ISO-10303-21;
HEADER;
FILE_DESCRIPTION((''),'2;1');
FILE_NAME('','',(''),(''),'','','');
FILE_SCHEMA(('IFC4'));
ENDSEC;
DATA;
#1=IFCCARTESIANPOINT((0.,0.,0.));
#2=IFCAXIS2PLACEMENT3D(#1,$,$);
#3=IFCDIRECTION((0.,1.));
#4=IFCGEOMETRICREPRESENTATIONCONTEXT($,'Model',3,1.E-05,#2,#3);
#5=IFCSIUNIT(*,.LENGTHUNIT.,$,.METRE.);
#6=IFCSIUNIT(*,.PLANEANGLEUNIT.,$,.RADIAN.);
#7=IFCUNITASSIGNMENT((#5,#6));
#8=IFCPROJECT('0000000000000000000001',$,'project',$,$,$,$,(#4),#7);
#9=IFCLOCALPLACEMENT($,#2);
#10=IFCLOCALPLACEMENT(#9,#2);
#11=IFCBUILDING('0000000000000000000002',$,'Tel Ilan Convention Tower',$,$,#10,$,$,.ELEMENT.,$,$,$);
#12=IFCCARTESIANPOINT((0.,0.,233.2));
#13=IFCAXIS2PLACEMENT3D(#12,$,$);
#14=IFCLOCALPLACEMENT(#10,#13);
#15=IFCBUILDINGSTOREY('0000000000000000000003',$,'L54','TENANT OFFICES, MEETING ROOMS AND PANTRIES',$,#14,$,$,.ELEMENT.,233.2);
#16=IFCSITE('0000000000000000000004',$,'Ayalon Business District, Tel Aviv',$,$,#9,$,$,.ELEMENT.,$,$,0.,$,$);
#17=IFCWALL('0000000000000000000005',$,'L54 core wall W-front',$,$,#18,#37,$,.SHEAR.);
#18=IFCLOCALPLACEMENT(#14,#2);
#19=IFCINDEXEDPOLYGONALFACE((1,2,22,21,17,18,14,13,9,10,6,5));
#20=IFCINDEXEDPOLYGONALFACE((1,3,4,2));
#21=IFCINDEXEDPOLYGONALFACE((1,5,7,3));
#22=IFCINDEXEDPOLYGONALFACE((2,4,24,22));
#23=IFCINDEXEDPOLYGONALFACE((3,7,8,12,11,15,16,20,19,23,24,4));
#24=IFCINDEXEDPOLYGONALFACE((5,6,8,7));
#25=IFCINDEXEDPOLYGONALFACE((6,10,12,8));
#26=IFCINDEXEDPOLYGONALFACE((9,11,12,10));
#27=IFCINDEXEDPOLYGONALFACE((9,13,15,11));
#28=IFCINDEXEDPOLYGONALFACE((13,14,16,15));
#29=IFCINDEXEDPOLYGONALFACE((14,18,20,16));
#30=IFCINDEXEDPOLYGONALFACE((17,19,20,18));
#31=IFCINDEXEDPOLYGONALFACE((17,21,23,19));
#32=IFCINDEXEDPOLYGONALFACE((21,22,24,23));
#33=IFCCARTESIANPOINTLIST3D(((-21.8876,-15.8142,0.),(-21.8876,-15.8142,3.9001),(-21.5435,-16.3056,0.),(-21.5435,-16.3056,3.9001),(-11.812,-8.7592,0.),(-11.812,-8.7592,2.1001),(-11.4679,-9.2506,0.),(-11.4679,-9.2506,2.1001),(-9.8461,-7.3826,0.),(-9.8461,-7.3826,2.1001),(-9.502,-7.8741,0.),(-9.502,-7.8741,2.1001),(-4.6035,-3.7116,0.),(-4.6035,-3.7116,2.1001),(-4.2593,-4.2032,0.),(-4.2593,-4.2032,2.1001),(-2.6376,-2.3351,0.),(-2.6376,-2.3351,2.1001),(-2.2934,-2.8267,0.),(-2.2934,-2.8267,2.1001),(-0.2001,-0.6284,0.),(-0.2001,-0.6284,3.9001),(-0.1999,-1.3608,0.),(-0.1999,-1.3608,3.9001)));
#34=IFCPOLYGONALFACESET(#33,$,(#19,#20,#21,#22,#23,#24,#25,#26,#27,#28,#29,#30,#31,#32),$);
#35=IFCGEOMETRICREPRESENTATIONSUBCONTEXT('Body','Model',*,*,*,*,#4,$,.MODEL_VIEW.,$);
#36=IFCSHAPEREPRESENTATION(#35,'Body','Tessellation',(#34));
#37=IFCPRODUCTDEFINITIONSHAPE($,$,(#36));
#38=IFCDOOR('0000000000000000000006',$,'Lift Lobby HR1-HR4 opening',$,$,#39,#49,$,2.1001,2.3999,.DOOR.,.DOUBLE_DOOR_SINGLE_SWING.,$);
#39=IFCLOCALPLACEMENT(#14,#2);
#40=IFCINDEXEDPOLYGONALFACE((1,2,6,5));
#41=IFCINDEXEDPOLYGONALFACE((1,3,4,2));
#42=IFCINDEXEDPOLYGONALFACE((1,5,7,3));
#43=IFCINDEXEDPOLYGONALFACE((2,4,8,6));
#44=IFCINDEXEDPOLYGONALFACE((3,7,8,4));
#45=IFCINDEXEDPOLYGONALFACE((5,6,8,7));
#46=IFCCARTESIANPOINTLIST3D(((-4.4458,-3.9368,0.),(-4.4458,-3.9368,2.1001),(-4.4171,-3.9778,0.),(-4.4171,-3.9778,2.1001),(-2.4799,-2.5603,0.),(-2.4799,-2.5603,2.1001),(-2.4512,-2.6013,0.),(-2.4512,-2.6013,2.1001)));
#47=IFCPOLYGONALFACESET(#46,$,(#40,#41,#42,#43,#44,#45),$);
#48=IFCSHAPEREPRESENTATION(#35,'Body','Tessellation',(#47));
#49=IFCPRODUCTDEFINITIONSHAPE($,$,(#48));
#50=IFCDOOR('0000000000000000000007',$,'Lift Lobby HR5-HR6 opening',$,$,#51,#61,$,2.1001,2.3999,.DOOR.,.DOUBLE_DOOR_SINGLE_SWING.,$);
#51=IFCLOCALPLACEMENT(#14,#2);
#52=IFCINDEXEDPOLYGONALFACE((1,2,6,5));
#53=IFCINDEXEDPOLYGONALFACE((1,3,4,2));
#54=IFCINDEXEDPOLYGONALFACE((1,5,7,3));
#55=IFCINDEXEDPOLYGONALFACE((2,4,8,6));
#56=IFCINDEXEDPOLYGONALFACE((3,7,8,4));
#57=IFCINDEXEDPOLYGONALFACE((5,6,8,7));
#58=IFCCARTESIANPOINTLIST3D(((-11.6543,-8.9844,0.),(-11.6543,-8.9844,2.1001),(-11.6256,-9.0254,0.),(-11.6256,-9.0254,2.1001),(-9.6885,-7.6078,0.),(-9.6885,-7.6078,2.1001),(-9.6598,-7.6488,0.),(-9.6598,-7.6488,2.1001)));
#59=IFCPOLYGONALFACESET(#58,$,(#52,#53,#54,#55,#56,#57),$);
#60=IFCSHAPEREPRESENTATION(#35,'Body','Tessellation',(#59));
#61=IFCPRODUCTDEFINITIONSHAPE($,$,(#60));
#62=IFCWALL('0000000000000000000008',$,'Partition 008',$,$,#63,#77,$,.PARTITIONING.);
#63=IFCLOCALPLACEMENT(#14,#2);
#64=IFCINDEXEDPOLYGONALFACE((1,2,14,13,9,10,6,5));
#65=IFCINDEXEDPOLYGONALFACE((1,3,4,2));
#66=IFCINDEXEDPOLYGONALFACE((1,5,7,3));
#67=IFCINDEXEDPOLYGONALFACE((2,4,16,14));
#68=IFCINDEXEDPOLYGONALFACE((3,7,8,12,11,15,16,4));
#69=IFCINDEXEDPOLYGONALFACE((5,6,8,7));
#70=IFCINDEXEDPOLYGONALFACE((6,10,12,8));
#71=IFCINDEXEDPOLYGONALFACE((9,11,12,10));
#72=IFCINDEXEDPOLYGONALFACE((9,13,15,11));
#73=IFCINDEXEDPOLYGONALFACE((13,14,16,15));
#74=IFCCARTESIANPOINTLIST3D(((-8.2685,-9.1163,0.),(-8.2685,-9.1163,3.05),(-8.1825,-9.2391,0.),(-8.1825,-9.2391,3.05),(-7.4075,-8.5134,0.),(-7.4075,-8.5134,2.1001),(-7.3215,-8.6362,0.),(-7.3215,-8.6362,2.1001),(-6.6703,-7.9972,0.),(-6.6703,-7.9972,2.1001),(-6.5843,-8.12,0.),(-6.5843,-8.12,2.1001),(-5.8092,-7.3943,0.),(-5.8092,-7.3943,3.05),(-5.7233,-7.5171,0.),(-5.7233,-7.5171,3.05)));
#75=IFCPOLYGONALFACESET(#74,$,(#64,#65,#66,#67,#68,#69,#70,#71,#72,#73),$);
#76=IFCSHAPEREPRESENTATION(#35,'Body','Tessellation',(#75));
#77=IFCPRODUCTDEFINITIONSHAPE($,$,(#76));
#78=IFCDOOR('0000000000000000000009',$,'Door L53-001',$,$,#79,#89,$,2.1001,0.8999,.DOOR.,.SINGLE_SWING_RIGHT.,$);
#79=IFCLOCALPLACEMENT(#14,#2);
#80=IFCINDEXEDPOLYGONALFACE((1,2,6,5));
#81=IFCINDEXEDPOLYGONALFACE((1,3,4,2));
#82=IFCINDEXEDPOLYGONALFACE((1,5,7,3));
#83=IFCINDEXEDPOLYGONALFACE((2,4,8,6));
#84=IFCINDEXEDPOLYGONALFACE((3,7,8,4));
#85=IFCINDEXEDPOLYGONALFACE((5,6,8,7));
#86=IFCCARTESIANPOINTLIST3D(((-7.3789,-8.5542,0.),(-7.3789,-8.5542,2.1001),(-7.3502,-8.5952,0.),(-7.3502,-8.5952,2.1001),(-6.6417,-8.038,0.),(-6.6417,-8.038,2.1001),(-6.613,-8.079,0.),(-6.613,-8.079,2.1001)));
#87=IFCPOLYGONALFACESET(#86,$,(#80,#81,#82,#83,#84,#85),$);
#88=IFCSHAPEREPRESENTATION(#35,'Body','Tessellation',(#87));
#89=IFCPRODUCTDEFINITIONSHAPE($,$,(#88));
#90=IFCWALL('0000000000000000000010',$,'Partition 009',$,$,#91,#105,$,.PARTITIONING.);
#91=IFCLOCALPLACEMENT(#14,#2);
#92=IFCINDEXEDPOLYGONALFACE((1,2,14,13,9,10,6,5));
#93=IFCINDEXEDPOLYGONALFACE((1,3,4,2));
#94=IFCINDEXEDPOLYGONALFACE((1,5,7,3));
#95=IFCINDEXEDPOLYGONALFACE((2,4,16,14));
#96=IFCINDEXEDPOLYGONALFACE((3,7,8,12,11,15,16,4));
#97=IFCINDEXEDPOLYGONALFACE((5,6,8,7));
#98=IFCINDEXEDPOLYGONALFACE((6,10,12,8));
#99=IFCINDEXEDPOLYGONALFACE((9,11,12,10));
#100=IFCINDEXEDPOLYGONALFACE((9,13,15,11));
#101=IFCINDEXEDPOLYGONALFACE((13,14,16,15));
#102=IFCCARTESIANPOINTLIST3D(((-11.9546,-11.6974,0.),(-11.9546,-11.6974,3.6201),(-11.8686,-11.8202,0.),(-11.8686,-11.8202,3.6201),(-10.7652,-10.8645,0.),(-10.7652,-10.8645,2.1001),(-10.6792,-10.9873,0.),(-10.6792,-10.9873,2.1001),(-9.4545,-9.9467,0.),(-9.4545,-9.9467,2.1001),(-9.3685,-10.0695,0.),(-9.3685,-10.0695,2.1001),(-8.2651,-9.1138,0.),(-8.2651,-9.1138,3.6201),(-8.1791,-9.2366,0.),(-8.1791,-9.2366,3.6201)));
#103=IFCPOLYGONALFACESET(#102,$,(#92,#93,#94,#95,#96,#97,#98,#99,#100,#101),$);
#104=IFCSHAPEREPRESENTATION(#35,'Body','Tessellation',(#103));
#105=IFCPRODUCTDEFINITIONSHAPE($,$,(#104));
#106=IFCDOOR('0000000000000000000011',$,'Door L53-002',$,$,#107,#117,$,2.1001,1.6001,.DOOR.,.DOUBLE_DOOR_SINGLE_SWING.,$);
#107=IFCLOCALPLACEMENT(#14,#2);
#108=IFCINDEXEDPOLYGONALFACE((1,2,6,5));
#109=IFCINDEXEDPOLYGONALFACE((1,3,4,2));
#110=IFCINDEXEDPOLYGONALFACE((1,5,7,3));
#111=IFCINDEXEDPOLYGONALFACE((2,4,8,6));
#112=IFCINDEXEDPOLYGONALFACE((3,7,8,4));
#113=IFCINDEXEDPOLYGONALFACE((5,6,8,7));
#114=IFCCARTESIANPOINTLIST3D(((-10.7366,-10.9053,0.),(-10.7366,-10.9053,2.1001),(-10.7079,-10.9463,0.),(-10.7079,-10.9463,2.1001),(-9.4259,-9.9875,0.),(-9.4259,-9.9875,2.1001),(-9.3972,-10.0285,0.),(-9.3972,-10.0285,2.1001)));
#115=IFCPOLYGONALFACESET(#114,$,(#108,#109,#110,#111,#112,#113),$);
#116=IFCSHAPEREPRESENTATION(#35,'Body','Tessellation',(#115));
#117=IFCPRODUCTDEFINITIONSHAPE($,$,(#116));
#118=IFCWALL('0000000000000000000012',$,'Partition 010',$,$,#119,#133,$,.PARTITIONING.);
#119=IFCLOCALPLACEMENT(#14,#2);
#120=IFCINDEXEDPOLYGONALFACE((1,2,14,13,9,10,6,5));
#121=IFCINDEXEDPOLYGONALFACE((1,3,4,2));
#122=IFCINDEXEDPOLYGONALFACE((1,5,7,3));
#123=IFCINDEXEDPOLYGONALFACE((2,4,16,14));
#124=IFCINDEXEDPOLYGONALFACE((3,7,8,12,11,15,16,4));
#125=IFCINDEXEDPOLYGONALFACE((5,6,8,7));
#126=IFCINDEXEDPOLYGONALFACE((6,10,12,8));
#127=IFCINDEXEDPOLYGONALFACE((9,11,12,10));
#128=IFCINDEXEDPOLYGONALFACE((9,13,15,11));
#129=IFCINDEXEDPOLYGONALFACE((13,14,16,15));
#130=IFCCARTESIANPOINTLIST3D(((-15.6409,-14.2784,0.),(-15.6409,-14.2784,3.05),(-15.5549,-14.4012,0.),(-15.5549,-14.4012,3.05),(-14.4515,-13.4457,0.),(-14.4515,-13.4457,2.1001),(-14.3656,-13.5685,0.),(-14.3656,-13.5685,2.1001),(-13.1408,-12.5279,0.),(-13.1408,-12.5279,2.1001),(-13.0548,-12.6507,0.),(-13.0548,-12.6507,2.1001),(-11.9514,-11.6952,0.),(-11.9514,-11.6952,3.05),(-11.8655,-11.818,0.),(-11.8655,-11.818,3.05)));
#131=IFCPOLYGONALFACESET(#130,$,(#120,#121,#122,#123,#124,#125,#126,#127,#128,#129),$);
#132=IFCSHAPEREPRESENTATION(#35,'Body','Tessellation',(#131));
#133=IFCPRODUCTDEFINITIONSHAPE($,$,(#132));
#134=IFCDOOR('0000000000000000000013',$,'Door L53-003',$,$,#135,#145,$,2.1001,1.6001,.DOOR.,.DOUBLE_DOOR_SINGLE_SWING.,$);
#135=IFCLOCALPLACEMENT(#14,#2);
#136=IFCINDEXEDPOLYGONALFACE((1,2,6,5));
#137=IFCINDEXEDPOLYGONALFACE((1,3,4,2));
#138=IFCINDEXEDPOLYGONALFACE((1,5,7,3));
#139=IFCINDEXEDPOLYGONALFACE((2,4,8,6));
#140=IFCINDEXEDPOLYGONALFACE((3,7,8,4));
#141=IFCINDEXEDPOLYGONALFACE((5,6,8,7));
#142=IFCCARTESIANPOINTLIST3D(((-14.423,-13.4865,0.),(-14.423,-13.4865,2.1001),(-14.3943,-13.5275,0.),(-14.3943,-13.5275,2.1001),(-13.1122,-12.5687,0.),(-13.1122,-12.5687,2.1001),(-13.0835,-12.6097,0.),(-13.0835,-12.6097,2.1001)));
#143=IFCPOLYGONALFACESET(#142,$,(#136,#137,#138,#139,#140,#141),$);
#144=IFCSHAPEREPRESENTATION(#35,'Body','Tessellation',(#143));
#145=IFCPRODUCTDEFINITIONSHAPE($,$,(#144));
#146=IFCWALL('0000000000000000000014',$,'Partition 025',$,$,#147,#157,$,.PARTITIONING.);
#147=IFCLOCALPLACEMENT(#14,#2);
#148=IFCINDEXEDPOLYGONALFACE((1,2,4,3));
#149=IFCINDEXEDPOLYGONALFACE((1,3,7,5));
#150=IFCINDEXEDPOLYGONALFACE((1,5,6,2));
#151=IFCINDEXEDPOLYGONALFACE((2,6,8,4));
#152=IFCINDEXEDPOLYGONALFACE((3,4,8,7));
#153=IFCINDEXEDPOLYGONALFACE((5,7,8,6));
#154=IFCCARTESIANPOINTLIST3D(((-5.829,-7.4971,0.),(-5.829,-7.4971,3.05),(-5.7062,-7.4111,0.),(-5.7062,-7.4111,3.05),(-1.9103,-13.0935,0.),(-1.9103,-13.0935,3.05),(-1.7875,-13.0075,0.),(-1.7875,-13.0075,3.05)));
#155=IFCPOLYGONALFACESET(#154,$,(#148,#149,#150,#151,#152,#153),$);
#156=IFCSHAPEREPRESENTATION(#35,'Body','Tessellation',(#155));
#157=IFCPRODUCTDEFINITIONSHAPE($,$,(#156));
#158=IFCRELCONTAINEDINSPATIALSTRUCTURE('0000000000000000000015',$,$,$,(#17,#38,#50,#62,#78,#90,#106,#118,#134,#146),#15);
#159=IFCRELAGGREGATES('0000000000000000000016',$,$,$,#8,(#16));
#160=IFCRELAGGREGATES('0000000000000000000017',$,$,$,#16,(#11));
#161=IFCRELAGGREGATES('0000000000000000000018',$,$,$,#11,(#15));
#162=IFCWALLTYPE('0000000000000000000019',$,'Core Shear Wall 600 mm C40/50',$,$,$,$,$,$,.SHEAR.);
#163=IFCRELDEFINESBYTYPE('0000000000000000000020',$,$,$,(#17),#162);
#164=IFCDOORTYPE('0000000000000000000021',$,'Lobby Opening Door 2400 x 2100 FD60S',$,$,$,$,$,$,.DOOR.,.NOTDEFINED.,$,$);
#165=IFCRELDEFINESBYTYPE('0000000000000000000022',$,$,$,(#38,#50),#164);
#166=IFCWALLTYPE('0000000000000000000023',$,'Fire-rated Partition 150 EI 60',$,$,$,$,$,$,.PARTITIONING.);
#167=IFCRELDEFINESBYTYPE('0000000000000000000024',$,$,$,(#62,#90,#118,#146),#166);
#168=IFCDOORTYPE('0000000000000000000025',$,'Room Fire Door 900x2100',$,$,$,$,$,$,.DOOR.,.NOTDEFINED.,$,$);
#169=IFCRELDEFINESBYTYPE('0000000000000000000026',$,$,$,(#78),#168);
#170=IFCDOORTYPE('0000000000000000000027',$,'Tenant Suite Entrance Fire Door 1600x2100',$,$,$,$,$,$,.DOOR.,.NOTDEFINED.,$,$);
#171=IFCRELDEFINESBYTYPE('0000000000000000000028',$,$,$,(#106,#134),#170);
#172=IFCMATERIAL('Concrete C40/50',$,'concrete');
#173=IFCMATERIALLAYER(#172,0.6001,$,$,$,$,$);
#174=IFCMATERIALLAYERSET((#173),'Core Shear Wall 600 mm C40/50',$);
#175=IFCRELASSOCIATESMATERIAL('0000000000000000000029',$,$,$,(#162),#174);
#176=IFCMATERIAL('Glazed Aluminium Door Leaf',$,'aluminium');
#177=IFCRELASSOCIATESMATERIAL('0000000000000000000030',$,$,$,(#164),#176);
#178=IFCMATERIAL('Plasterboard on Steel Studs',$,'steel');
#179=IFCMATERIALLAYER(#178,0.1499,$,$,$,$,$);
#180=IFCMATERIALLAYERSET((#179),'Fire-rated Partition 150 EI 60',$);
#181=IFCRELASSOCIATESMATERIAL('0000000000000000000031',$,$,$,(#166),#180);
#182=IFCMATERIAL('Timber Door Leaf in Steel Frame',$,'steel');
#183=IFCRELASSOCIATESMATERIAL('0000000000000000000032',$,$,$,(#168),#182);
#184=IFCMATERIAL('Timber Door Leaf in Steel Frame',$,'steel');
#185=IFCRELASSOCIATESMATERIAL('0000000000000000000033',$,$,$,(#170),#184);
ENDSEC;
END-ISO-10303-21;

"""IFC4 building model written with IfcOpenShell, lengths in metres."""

from ifc_helpers import new_model, si_unit, direction, frame, frame_2d, origin, place, context, subcontext, project, spatial, polyline, rectangle, outline, extrude, material, layer, layer_set, type_object, element, fill, save


model = new_model("IFC4")

# Units and contexts
model_context = context("Model", 3, precision=1e-05, world=origin(), true_north=direction((0.0, 1.0)))
body_context = subcontext(model_context, "Body", "Model", "MODEL_VIEW")
ifc_project = project(units=[si_unit("LENGTHUNIT", "METRE"), si_unit("PLANEANGLEUNIT", "RADIAN")], contexts=[model_context])

# Site, building, storey
site_placement = place(None, origin())
site = spatial("IfcSite", under=ifc_project, at=site_placement, Name="Ayalon Business District, Tel Aviv", CompositionType="ELEMENT", RefElevation=0.0)
building_placement = place(site_placement, origin())
building = spatial("IfcBuilding", under=site, at=building_placement, Name="Tel Ilan Convention Tower", CompositionType="ELEMENT")
storey_placement = place(building_placement, frame((0.0, 0.0, 233.2)))
storey = spatial("IfcBuildingStorey", under=building, at=storey_placement, Name="L54", Description="TENANT OFFICES, MEETING ROOMS AND PANTRIES", CompositionType="ELEMENT", Elevation=233.2)

# Wall, openings, doors
ifc_material_1 = material(Name="Concrete C40/50", Category="concrete")
ifc_layer_1 = layer(ifc_material_1, 0.6001)
ifc_layer_set_1 = layer_set([ifc_layer_1], Name="Core Shear Wall 600 mm C40/50")
wall_type_1 = type_object("IfcWallType", Name="Core Shear Wall 600 mm C40/50", PredefinedType="SHEAR", material=ifc_layer_set_1)
wall_1_placement = place(storey_placement, frame((-0.0278, -0.874, 0.0), z_axis=(0.0, 0.0, 1.0), x_axis=(-0.81915, -0.573579, 0.0)))
wall_1 = element("IfcWall", 1, at=wall_1_placement, inside=storey, type_object=wall_type_1, Name="L54 core wall W-front", PredefinedType="SHEAR", context=body_context, shape_type="SweptSolid", body=[
    extrude(outline(polyline([(26.4758, 0.2998), (0.4202, 0.3), (0.0002, -0.3), (26.4758, -0.3), (26.4758, 0.2998)])), origin(), (0.0, 0.0, 1.0), 3.9001),
])
opening_1_placement = place(wall_1_placement, frame((2.9758, 0.0, 0.0)))
opening_1 = element("IfcOpeningElement", 2, at=opening_1_placement, cuts=wall_1, PredefinedType="OPENING", context=body_context, shape_type="SweptSolid", body=[
    extrude(rectangle(XDim=2.3999, YDim=2.1001, at=frame_2d((1.2, 1.05))), frame((0.0, 0.3101, 0.0), z_axis=(0.0, -1.0, 0.0), x_axis=(1.0, 0.0, 0.0)), (0.0, 0.0, 1.0), 0.6201),
])
opening_2_placement = place(wall_1_placement, frame((11.7759, 0.0, 0.0)))
opening_2 = element("IfcOpeningElement", 3, at=opening_2_placement, cuts=wall_1, PredefinedType="OPENING", context=body_context, shape_type="SweptSolid", body=[
    extrude(rectangle(XDim=2.3999, YDim=2.1001, at=frame_2d((1.2, 1.05))), frame((0.0, 0.3101, 0.0), z_axis=(0.0, -1.0, 0.0), x_axis=(1.0, 0.0, 0.0)), (0.0, 0.0, 1.0), 0.6201),
])
ifc_material_2 = material(Name="Glazed Aluminium Door Leaf", Category="aluminium")
door_type_1 = type_object("IfcDoorType", Name="Lobby Opening Door 2400 x 2100 FD60S", OperationType="NOTDEFINED", PredefinedType="DOOR", material=ifc_material_2)
door_1_placement = place(opening_1_placement, origin())
door_1 = element("IfcDoor", 4, at=door_1_placement, inside=storey, type_object=door_type_1, Name="Lift Lobby HR1-HR4 opening", OperationType="DOUBLE_DOOR_SINGLE_SWING", OverallHeight=2.1001, OverallWidth=2.3999, PredefinedType="DOOR", context=body_context, shape_type="SweptSolid", body=[
    extrude(rectangle(XDim=2.3999, YDim=2.1001, at=frame_2d((1.2, 1.05))), frame((0.0, 0.0249, 0.0), z_axis=(0.0, -1.0, 0.0), x_axis=(1.0, 0.0, 0.0)), (0.0, 0.0, 1.0), 0.05),
])
fill(opening_1, door_1)
door_2_placement = place(opening_2_placement, origin())
door_2 = element("IfcDoor", 5, at=door_2_placement, inside=storey, type_object=door_type_1, Name="Lift Lobby HR5-HR6 opening", OperationType="DOUBLE_DOOR_SINGLE_SWING", OverallHeight=2.1001, OverallWidth=2.3999, PredefinedType="DOOR", context=body_context, shape_type="SweptSolid", body=[
    extrude(rectangle(XDim=2.3999, YDim=2.1001, at=frame_2d((1.2, 1.05))), frame((0.0, 0.0249, 0.0), z_axis=(0.0, -1.0, 0.0), x_axis=(1.0, 0.0, 0.0)), (0.0, 0.0, 1.0), 0.05),
])
fill(opening_2, door_2)

# Walls, openings, doors
ifc_material_3 = material(Name="Plasterboard on Steel Studs", Category="steel")
ifc_layer_2 = layer(ifc_material_3, 0.1499)
ifc_layer_set_2 = layer_set([ifc_layer_2], Name="Fire-rated Partition 150 EI 60")
wall_type_2 = type_object("IfcWallType", Name="Fire-rated Partition 150 EI 60", PredefinedType="PARTITIONING", material=ifc_layer_set_2)
wall_2_placement = place(storey_placement, frame((-5.7664, -7.4558, 0.0), z_axis=(0.0, 0.0, 1.0), x_axis=(-0.819159, -0.573566, 0.0)))
wall_2 = element("IfcWall", 6, at=wall_2_placement, inside=storey, type_object=wall_type_2, Name="Partition 008", PredefinedType="PARTITIONING", context=body_context, shape_type="SweptSolid", body=[
    extrude(rectangle(XDim=3.0022, YDim=0.1499, at=frame_2d((1.501, 0.0))), origin(), (0.0, 0.0, 1.0), 3.05),
])
opening_3_placement = place(wall_2_placement, frame((1.051, 0.0, 0.0)))
opening_3 = element("IfcOpeningElement", 7, at=opening_3_placement, cuts=wall_2, PredefinedType="OPENING", context=body_context, shape_type="SweptSolid", body=[
    extrude(rectangle(XDim=0.8999, YDim=2.1001, at=frame_2d((0.45, 1.05))), frame((0.0, 0.085, 0.0), z_axis=(0.0, -1.0, 0.0), x_axis=(1.0, 0.0, 0.0)), (0.0, 0.0, 1.0), 0.1699),
])
ifc_material_4 = material(Name="Timber Door Leaf in Steel Frame", Category="steel")
door_type_2 = type_object("IfcDoorType", Name="Room Fire Door 900x2100", OperationType="NOTDEFINED", PredefinedType="DOOR", material=ifc_material_4)
door_3_placement = place(opening_3_placement, origin())
door_3 = element("IfcDoor", 8, at=door_3_placement, inside=storey, type_object=door_type_2, Name="Door L53-001", OperationType="SINGLE_SWING_RIGHT", OverallHeight=2.1001, OverallWidth=0.8999, PredefinedType="DOOR", context=body_context, shape_type="SweptSolid", body=[
    extrude(rectangle(XDim=0.8999, YDim=2.1001, at=frame_2d((0.45, 1.05))), frame((0.0, 0.0249, 0.0), z_axis=(0.0, -1.0, 0.0), x_axis=(1.0, 0.0, 0.0)), (0.0, 0.0, 1.0), 0.05),
])
fill(opening_3, door_3)
wall_3_placement = place(storey_placement, frame((-8.2222, -9.1753, 0.0), z_axis=(0.0, 0.0, 1.0), x_axis=(-0.81914, -0.573593, 0.0)))
wall_3 = element("IfcWall", 9, at=wall_3_placement, inside=storey, type_object=wall_type_2, Name="Partition 009", PredefinedType="PARTITIONING", context=body_context, shape_type="SweptSolid", body=[
    extrude(rectangle(XDim=4.5042, YDim=0.1499, at=frame_2d((2.252, 0.0))), origin(), (0.0, 0.0, 1.0), 3.6201),
])
opening_4_placement = place(wall_3_placement, frame((1.4519, 0.0, 0.0)))
opening_4 = element("IfcOpeningElement", 10, at=opening_4_placement, cuts=wall_3, PredefinedType="OPENING", context=body_context, shape_type="SweptSolid", body=[
    extrude(rectangle(XDim=1.6001, YDim=2.1001, at=frame_2d((0.8, 1.05))), frame((0.0, 0.085, 0.0), z_axis=(0.0, -1.0, 0.0), x_axis=(1.0, 0.0, 0.0)), (0.0, 0.0, 1.0), 0.1699),
])
ifc_material_5 = material(Name="Timber Door Leaf in Steel Frame", Category="steel")
door_type_3 = type_object("IfcDoorType", Name="Tenant Suite Entrance Fire Door 1600x2100", OperationType="NOTDEFINED", PredefinedType="DOOR", material=ifc_material_5)
door_4_placement = place(opening_4_placement, origin())
door_4 = element("IfcDoor", 11, at=door_4_placement, inside=storey, type_object=door_type_3, Name="Door L53-002", OperationType="DOUBLE_DOOR_SINGLE_SWING", OverallHeight=2.1001, OverallWidth=1.6001, PredefinedType="DOOR", context=body_context, shape_type="SweptSolid", body=[
    extrude(rectangle(XDim=1.6001, YDim=2.1001, at=frame_2d((0.8, 1.05))), frame((0.0, 0.0249, 0.0), z_axis=(0.0, -1.0, 0.0), x_axis=(1.0, 0.0, 0.0)), (0.0, 0.0, 1.0), 0.05),
])
fill(opening_4, door_4)
wall_4_placement = place(storey_placement, frame((-11.9084, -11.7566, 0.0), z_axis=(0.0, 0.0, 1.0), x_axis=(-0.819166, -0.573557, 0.0)))
wall_4 = element("IfcWall", 12, at=wall_4_placement, inside=storey, type_object=wall_type_2, Name="Partition 010", PredefinedType="PARTITIONING", context=body_context, shape_type="SweptSolid", body=[
    extrude(rectangle(XDim=4.5039, YDim=0.1499, at=frame_2d((2.252, 0.0))), origin(), (0.0, 0.0, 1.0), 3.05),
])
opening_5_placement = place(wall_4_placement, frame((1.4519, 0.0, 0.0)))
opening_5 = element("IfcOpeningElement", 13, at=opening_5_placement, cuts=wall_4, PredefinedType="OPENING", context=body_context, shape_type="SweptSolid", body=[
    extrude(rectangle(XDim=1.6001, YDim=2.1001, at=frame_2d((0.8, 1.05))), frame((0.0, 0.085, 0.0), z_axis=(0.0, -1.0, 0.0), x_axis=(1.0, 0.0, 0.0)), (0.0, 0.0, 1.0), 0.1699),
])
door_5_placement = place(opening_5_placement, origin())
door_5 = element("IfcDoor", 14, at=door_5_placement, inside=storey, type_object=door_type_3, Name="Door L53-003", OperationType="DOUBLE_DOOR_SINGLE_SWING", OverallHeight=2.1001, OverallWidth=1.6001, PredefinedType="DOOR", context=body_context, shape_type="SweptSolid", body=[
    extrude(rectangle(XDim=1.6001, YDim=2.1001, at=frame_2d((0.8, 1.05))), frame((0.0, 0.0249, 0.0), z_axis=(0.0, -1.0, 0.0), x_axis=(1.0, 0.0, 0.0)), (0.0, 0.0, 1.0), 0.05),
])
fill(opening_5, door_5)

# Wall
wall_5_placement = place(storey_placement, frame((-1.8489, -13.0505, 0.0), z_axis=(0.0, 0.0, 1.0), x_axis=(-0.57358, 0.81915, 0.0)))
element("IfcWall", 15, at=wall_5_placement, inside=storey, type_object=wall_type_2, Name="Partition 025", PredefinedType="PARTITIONING", context=body_context, shape_type="SweptSolid", body=[
    extrude(rectangle(XDim=6.832, YDim=0.1499, at=frame_2d((3.416, 0.0))), origin(), (0.0, 0.0, 1.0), 3.05),
])

save(model, "model.ifc")
